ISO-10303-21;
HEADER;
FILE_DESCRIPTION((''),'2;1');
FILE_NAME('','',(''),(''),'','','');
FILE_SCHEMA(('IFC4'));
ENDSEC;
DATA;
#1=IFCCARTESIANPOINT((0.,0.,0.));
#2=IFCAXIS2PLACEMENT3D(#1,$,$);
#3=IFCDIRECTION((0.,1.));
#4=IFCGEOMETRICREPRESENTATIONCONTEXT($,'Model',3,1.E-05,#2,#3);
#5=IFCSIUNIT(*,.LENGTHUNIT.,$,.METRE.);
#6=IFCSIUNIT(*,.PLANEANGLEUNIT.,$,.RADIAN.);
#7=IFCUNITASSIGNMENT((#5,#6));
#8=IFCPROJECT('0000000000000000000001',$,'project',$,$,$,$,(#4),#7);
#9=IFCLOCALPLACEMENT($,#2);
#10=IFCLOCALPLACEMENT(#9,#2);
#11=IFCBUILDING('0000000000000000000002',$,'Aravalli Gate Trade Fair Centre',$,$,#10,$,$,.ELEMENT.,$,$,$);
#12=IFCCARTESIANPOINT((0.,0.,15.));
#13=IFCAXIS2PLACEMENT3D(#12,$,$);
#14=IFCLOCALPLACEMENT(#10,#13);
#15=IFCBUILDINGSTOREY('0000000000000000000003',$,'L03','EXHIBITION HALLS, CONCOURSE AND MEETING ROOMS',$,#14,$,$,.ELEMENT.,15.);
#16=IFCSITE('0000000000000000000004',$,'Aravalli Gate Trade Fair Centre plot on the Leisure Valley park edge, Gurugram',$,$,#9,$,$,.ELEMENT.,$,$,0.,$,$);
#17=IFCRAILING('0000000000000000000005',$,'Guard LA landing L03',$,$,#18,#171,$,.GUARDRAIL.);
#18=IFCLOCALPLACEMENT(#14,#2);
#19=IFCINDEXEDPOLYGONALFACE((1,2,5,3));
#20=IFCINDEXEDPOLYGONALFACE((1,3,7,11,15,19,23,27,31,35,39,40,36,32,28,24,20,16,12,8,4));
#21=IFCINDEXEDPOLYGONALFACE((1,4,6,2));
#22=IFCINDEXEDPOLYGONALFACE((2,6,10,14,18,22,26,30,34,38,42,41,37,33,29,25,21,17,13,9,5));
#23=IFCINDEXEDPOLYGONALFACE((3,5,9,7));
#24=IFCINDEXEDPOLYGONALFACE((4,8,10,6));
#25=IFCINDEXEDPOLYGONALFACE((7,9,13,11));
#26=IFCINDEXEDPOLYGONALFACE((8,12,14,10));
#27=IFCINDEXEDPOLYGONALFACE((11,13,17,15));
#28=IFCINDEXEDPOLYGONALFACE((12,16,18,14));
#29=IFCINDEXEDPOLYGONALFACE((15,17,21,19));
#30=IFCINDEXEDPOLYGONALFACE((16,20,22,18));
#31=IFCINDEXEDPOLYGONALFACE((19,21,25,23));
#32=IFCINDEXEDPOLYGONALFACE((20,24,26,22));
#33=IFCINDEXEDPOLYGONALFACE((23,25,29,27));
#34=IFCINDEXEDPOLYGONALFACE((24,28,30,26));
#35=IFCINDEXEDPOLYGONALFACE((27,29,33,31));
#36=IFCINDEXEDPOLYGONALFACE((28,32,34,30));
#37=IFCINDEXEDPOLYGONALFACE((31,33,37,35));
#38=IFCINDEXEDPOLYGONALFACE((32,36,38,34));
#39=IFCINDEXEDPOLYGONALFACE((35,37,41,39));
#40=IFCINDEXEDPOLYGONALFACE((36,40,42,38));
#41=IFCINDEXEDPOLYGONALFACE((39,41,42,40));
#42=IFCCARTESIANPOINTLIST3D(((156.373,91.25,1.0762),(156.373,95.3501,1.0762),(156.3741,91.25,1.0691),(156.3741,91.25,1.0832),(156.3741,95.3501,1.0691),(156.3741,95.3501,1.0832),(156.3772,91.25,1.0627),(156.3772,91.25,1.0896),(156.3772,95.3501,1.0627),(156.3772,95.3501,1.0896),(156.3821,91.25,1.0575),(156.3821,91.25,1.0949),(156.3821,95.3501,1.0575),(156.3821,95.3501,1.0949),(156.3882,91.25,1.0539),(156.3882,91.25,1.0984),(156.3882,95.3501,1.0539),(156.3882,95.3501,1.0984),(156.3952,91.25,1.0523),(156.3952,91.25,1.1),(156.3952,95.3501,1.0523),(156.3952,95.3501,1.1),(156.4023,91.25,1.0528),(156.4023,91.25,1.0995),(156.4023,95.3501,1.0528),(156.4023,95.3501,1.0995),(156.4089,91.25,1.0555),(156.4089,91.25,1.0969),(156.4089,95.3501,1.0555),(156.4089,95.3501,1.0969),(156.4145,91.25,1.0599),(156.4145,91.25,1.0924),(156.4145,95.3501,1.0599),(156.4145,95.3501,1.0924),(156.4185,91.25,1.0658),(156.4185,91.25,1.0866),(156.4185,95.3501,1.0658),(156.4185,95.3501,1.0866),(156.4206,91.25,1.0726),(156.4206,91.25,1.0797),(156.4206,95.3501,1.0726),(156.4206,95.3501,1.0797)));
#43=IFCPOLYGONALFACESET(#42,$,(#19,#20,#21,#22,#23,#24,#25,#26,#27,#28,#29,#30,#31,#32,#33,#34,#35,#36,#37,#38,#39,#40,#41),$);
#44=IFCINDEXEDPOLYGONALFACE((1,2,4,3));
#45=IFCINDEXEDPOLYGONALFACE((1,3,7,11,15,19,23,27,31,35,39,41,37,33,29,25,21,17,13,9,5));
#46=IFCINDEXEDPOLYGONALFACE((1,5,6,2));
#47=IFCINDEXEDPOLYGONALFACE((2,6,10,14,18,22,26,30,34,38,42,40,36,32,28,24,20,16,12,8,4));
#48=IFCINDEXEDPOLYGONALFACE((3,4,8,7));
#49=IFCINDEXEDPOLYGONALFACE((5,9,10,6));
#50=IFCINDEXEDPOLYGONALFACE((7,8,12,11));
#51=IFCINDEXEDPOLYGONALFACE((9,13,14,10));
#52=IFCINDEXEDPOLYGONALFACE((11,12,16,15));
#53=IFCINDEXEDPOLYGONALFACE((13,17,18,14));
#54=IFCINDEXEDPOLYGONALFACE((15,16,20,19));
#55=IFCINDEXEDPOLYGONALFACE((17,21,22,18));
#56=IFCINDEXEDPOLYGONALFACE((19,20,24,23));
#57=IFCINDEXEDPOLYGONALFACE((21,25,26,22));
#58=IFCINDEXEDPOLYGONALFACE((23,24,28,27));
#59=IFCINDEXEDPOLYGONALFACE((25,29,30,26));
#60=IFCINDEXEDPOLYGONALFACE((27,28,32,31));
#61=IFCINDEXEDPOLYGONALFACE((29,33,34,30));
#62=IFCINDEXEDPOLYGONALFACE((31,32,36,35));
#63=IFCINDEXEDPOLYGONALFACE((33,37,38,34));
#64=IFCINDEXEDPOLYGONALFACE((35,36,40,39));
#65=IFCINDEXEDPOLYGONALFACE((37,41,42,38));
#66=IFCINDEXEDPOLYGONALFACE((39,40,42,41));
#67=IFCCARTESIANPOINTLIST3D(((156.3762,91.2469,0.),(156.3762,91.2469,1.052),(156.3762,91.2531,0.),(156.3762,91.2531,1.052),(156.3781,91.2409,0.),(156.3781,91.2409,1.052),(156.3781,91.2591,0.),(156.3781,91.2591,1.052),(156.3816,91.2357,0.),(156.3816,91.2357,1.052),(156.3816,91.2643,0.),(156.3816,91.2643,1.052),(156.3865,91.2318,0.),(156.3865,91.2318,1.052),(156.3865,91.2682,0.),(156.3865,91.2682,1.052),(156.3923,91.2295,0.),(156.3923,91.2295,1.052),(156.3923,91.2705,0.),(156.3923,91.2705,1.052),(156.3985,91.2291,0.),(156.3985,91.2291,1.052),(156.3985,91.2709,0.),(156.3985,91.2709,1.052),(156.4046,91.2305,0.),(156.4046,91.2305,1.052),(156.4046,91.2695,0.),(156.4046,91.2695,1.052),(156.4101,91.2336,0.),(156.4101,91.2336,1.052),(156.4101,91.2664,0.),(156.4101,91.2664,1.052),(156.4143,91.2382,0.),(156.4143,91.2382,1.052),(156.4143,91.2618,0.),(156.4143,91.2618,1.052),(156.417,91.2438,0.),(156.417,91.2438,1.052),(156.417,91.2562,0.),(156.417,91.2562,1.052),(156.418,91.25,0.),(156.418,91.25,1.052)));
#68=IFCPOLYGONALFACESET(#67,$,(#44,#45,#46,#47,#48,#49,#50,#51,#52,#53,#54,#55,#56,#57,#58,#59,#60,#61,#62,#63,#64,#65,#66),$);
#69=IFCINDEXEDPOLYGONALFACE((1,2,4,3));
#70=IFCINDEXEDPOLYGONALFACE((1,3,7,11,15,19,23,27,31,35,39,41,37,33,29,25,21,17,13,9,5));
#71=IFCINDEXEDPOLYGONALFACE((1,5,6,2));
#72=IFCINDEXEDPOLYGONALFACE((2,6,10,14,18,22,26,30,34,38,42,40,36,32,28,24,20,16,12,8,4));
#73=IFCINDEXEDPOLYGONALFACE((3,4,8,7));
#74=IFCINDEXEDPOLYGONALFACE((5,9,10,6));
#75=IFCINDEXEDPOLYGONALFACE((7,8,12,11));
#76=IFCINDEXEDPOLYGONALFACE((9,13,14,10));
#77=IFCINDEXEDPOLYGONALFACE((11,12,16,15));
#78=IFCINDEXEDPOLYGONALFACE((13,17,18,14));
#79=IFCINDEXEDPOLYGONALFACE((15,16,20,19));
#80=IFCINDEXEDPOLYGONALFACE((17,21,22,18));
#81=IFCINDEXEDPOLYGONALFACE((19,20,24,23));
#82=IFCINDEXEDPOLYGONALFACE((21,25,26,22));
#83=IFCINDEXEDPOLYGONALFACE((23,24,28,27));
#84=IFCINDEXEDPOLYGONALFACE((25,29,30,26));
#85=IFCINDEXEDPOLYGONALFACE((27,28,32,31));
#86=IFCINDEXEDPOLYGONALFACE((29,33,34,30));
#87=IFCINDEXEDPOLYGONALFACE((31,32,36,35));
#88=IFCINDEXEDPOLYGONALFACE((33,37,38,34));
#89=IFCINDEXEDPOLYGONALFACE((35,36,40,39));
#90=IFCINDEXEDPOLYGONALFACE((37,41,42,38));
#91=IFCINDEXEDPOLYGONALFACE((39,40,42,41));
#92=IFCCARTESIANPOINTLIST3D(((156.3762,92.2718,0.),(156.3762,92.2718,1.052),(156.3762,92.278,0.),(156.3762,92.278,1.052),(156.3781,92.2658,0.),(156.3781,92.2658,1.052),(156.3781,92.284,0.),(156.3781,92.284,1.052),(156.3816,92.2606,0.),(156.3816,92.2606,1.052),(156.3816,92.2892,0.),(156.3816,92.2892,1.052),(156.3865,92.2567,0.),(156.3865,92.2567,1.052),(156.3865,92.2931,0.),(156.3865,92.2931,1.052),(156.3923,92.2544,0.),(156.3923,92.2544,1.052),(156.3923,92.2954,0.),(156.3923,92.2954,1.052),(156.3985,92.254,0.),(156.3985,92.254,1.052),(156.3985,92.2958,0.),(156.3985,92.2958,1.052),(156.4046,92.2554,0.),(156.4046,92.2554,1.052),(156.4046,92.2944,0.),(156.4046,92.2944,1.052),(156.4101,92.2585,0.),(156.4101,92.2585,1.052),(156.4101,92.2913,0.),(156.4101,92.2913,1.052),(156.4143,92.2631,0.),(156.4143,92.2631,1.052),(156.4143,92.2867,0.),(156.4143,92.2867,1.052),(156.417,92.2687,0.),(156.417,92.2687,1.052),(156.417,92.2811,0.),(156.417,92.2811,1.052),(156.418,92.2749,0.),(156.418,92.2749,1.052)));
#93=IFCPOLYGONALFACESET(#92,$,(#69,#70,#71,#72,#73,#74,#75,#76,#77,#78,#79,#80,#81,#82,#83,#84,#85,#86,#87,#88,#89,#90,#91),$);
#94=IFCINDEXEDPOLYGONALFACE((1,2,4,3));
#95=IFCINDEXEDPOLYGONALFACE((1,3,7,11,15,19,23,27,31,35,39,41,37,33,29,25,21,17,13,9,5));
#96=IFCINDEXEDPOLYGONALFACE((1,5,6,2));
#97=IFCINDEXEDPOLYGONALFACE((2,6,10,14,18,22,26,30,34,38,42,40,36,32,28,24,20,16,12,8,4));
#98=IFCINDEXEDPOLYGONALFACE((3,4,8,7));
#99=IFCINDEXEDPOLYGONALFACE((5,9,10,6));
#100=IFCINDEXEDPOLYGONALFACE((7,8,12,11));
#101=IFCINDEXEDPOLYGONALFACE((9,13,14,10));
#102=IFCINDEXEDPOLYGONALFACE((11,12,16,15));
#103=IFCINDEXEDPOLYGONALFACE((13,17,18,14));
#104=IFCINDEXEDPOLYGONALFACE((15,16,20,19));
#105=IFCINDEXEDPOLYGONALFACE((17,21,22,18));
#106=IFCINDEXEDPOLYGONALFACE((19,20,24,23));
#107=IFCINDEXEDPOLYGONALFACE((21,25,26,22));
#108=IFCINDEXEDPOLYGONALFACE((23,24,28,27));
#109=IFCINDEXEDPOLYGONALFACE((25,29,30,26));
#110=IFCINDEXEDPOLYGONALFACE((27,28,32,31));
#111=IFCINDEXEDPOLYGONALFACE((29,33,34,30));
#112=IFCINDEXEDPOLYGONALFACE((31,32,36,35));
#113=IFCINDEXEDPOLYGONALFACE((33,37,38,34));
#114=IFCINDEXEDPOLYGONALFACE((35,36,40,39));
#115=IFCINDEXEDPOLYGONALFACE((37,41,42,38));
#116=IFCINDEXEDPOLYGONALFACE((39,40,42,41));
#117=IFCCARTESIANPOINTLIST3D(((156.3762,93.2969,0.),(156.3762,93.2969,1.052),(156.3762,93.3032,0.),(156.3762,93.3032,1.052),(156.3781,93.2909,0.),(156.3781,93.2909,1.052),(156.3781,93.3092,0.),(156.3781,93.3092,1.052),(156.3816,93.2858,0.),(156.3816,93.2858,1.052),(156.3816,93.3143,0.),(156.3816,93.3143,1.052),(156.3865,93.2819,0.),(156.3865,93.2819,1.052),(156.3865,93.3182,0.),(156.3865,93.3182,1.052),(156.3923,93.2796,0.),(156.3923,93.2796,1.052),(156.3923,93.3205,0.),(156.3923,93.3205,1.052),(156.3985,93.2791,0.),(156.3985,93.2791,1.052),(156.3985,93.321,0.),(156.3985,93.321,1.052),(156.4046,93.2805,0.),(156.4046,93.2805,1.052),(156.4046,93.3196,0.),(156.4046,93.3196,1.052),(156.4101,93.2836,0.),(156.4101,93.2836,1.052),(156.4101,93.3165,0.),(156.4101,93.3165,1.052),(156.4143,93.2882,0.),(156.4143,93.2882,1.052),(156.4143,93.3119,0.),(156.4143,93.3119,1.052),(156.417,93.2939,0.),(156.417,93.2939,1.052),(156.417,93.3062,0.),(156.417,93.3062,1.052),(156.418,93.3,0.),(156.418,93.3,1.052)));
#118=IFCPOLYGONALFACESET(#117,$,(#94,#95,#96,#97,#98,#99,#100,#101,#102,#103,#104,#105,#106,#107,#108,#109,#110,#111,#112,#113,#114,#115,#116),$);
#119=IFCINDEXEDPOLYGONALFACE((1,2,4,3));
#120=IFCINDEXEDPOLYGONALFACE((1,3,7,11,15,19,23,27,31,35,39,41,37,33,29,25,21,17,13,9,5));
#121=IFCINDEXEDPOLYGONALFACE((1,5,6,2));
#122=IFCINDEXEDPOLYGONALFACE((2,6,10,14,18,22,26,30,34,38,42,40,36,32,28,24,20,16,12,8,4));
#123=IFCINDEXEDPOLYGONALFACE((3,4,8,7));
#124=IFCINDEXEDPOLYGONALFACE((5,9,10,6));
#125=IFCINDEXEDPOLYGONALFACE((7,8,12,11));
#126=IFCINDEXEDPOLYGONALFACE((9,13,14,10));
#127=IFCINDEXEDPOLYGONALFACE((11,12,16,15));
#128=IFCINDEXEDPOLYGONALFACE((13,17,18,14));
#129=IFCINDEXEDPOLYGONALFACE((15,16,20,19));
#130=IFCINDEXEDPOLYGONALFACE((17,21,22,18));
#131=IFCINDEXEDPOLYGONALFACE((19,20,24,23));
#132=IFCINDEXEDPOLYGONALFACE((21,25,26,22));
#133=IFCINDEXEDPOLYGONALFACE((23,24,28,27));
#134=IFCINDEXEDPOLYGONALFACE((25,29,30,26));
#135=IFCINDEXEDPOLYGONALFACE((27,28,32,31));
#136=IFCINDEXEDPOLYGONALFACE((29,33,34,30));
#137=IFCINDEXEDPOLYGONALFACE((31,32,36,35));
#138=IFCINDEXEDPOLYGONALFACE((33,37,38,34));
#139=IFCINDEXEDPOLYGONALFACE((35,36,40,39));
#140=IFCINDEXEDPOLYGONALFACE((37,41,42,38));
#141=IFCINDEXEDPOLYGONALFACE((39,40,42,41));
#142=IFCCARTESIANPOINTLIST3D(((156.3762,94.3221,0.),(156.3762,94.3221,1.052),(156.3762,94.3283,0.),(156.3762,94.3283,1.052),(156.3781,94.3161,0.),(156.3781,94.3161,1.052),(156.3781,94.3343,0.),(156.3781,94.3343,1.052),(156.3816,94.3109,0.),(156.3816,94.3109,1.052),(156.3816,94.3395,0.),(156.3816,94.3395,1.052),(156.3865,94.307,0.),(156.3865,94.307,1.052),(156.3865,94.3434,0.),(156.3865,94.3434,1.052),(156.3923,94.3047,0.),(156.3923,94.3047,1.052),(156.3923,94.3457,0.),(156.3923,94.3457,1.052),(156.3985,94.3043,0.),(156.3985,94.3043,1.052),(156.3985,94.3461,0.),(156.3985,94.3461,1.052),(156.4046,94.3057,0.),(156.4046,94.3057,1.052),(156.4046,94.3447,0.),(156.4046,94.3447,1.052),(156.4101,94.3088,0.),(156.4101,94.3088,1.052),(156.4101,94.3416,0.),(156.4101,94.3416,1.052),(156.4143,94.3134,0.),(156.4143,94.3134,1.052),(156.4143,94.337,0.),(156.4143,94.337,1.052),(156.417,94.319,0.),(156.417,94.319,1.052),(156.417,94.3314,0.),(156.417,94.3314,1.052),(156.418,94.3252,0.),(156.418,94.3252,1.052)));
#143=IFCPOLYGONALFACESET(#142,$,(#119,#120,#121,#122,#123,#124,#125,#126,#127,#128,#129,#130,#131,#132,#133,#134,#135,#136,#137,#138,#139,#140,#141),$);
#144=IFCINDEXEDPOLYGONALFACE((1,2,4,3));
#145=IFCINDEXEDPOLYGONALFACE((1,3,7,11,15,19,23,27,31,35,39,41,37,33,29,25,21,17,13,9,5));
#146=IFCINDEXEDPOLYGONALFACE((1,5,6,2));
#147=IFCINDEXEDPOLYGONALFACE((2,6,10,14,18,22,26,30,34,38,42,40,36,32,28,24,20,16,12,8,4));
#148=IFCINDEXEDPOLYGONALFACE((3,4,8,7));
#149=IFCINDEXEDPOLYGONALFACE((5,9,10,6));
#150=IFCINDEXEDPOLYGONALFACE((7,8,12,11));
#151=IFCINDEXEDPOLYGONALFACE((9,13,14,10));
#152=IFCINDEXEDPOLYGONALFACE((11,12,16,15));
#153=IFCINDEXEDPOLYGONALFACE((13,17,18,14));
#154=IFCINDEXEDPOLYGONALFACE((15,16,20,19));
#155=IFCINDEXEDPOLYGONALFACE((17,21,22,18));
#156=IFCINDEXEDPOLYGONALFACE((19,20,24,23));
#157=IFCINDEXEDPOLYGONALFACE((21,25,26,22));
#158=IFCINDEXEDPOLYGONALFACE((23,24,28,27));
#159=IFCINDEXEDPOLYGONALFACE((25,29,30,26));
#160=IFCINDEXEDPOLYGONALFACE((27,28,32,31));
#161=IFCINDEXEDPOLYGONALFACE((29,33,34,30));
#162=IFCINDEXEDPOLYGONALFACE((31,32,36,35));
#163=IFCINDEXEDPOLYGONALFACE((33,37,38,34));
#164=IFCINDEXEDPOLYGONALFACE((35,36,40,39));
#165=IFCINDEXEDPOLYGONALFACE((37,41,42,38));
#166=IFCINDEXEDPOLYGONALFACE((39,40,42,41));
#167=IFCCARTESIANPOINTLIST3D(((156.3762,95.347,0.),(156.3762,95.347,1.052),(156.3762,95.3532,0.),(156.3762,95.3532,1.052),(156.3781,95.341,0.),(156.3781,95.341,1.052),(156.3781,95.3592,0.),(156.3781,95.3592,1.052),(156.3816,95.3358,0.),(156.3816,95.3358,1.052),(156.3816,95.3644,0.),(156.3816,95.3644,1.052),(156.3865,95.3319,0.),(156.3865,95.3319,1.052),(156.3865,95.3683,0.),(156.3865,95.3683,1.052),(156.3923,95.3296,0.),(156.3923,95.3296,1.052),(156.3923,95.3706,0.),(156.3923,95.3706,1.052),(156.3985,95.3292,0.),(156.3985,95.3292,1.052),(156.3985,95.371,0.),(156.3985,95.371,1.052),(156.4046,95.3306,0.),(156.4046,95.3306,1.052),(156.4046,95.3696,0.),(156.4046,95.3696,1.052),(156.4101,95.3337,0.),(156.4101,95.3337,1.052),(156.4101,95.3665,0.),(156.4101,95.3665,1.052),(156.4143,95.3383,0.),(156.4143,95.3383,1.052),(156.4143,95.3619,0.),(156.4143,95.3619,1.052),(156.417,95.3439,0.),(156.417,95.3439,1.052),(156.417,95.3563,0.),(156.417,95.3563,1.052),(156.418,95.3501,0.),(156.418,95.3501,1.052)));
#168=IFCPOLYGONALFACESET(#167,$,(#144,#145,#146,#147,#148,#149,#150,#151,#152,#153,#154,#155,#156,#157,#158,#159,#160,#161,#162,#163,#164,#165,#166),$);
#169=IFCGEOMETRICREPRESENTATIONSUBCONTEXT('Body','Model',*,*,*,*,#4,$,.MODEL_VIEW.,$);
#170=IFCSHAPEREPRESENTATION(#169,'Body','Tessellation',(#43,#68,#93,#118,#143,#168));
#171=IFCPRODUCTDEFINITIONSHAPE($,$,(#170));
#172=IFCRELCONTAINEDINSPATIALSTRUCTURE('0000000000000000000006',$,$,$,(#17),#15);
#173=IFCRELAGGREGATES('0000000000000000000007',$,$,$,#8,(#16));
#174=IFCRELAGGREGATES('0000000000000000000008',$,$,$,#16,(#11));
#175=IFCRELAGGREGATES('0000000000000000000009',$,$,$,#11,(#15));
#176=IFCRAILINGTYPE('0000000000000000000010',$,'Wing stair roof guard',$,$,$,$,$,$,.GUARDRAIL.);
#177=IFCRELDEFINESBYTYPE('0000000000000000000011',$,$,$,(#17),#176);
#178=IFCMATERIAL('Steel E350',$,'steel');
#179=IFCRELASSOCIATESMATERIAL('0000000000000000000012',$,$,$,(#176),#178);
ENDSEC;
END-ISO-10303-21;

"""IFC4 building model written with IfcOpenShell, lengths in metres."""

from ifc_helpers import new_model, si_unit, direction, frame, origin, origin_2d, place, context, subcontext, project, spatial, circle, extrude, material, type_object, element, save


model = new_model("IFC4")

# Units and contexts
model_context = context("Model", 3, precision=1e-05, world=origin(), true_north=direction((0.0, 1.0)))
body_context = subcontext(model_context, "Body", "Model", "MODEL_VIEW")
ifc_project = project(units=[si_unit("LENGTHUNIT", "METRE"), si_unit("PLANEANGLEUNIT", "RADIAN")], contexts=[model_context])

# Site, building, storey
site_placement = place(None, origin())
site = spatial("IfcSite", under=ifc_project, at=site_placement, Name="Aravalli Gate Trade Fair Centre plot on the Leisure Valley park edge, Gurugram", CompositionType="ELEMENT", RefElevation=0.0)
building_placement = place(site_placement, origin())
building = spatial("IfcBuilding", under=site, at=building_placement, Name="Aravalli Gate Trade Fair Centre", CompositionType="ELEMENT")
storey_placement = place(building_placement, frame((0.0, 0.0, 15.0)))
storey = spatial("IfcBuildingStorey", under=building, at=storey_placement, Name="L03", Description="EXHIBITION HALLS, CONCOURSE AND MEETING ROOMS", CompositionType="ELEMENT", Elevation=15.0)

# Shared definitions
ifc_material_1 = material(Name="Steel E350", Category="steel")

# Railing
railing_type = type_object("IfcRailingType", Name="Wing stair roof guard", PredefinedType="GUARDRAIL", material=ifc_material_1)
railing_placement = place(storey_placement, frame((156.397, 91.25, 0.0)))
element("IfcRailing", 1, at=railing_placement, inside=storey, type_object=railing_type, Name="Guard LA landing L03", PredefinedType="GUARDRAIL", context=body_context, shape_type="SweptSolid", body=[
    extrude(circle(Radius=0.0239, at=origin_2d()), frame((0.0, 0.0, 1.0762), z_axis=(0.0, 1.0, 0.0), x_axis=(-1.0, 0.0, 0.0)), (0.0, 0.0, 1.0), 4.1001),
    extrude(circle(Radius=0.021, at=origin_2d()), origin(), (0.0, 0.0, 1.0), 1.052),
    extrude(circle(Radius=0.021, at=origin_2d()), frame((0.0, 1.0249, 0.0)), (0.0, 0.0, 1.0), 1.052),
    extrude(circle(Radius=0.021, at=origin_2d()), frame((0.0, 2.05, 0.0)), (0.0, 0.0, 1.0), 1.052),
    extrude(circle(Radius=0.021, at=origin_2d()), frame((0.0, 3.0752, 0.0)), (0.0, 0.0, 1.0), 1.052),
    extrude(circle(Radius=0.021, at=origin_2d()), frame((0.0, 4.1001, 0.0)), (0.0, 0.0, 1.0), 1.052),
])

save(model, "model.ifc")
